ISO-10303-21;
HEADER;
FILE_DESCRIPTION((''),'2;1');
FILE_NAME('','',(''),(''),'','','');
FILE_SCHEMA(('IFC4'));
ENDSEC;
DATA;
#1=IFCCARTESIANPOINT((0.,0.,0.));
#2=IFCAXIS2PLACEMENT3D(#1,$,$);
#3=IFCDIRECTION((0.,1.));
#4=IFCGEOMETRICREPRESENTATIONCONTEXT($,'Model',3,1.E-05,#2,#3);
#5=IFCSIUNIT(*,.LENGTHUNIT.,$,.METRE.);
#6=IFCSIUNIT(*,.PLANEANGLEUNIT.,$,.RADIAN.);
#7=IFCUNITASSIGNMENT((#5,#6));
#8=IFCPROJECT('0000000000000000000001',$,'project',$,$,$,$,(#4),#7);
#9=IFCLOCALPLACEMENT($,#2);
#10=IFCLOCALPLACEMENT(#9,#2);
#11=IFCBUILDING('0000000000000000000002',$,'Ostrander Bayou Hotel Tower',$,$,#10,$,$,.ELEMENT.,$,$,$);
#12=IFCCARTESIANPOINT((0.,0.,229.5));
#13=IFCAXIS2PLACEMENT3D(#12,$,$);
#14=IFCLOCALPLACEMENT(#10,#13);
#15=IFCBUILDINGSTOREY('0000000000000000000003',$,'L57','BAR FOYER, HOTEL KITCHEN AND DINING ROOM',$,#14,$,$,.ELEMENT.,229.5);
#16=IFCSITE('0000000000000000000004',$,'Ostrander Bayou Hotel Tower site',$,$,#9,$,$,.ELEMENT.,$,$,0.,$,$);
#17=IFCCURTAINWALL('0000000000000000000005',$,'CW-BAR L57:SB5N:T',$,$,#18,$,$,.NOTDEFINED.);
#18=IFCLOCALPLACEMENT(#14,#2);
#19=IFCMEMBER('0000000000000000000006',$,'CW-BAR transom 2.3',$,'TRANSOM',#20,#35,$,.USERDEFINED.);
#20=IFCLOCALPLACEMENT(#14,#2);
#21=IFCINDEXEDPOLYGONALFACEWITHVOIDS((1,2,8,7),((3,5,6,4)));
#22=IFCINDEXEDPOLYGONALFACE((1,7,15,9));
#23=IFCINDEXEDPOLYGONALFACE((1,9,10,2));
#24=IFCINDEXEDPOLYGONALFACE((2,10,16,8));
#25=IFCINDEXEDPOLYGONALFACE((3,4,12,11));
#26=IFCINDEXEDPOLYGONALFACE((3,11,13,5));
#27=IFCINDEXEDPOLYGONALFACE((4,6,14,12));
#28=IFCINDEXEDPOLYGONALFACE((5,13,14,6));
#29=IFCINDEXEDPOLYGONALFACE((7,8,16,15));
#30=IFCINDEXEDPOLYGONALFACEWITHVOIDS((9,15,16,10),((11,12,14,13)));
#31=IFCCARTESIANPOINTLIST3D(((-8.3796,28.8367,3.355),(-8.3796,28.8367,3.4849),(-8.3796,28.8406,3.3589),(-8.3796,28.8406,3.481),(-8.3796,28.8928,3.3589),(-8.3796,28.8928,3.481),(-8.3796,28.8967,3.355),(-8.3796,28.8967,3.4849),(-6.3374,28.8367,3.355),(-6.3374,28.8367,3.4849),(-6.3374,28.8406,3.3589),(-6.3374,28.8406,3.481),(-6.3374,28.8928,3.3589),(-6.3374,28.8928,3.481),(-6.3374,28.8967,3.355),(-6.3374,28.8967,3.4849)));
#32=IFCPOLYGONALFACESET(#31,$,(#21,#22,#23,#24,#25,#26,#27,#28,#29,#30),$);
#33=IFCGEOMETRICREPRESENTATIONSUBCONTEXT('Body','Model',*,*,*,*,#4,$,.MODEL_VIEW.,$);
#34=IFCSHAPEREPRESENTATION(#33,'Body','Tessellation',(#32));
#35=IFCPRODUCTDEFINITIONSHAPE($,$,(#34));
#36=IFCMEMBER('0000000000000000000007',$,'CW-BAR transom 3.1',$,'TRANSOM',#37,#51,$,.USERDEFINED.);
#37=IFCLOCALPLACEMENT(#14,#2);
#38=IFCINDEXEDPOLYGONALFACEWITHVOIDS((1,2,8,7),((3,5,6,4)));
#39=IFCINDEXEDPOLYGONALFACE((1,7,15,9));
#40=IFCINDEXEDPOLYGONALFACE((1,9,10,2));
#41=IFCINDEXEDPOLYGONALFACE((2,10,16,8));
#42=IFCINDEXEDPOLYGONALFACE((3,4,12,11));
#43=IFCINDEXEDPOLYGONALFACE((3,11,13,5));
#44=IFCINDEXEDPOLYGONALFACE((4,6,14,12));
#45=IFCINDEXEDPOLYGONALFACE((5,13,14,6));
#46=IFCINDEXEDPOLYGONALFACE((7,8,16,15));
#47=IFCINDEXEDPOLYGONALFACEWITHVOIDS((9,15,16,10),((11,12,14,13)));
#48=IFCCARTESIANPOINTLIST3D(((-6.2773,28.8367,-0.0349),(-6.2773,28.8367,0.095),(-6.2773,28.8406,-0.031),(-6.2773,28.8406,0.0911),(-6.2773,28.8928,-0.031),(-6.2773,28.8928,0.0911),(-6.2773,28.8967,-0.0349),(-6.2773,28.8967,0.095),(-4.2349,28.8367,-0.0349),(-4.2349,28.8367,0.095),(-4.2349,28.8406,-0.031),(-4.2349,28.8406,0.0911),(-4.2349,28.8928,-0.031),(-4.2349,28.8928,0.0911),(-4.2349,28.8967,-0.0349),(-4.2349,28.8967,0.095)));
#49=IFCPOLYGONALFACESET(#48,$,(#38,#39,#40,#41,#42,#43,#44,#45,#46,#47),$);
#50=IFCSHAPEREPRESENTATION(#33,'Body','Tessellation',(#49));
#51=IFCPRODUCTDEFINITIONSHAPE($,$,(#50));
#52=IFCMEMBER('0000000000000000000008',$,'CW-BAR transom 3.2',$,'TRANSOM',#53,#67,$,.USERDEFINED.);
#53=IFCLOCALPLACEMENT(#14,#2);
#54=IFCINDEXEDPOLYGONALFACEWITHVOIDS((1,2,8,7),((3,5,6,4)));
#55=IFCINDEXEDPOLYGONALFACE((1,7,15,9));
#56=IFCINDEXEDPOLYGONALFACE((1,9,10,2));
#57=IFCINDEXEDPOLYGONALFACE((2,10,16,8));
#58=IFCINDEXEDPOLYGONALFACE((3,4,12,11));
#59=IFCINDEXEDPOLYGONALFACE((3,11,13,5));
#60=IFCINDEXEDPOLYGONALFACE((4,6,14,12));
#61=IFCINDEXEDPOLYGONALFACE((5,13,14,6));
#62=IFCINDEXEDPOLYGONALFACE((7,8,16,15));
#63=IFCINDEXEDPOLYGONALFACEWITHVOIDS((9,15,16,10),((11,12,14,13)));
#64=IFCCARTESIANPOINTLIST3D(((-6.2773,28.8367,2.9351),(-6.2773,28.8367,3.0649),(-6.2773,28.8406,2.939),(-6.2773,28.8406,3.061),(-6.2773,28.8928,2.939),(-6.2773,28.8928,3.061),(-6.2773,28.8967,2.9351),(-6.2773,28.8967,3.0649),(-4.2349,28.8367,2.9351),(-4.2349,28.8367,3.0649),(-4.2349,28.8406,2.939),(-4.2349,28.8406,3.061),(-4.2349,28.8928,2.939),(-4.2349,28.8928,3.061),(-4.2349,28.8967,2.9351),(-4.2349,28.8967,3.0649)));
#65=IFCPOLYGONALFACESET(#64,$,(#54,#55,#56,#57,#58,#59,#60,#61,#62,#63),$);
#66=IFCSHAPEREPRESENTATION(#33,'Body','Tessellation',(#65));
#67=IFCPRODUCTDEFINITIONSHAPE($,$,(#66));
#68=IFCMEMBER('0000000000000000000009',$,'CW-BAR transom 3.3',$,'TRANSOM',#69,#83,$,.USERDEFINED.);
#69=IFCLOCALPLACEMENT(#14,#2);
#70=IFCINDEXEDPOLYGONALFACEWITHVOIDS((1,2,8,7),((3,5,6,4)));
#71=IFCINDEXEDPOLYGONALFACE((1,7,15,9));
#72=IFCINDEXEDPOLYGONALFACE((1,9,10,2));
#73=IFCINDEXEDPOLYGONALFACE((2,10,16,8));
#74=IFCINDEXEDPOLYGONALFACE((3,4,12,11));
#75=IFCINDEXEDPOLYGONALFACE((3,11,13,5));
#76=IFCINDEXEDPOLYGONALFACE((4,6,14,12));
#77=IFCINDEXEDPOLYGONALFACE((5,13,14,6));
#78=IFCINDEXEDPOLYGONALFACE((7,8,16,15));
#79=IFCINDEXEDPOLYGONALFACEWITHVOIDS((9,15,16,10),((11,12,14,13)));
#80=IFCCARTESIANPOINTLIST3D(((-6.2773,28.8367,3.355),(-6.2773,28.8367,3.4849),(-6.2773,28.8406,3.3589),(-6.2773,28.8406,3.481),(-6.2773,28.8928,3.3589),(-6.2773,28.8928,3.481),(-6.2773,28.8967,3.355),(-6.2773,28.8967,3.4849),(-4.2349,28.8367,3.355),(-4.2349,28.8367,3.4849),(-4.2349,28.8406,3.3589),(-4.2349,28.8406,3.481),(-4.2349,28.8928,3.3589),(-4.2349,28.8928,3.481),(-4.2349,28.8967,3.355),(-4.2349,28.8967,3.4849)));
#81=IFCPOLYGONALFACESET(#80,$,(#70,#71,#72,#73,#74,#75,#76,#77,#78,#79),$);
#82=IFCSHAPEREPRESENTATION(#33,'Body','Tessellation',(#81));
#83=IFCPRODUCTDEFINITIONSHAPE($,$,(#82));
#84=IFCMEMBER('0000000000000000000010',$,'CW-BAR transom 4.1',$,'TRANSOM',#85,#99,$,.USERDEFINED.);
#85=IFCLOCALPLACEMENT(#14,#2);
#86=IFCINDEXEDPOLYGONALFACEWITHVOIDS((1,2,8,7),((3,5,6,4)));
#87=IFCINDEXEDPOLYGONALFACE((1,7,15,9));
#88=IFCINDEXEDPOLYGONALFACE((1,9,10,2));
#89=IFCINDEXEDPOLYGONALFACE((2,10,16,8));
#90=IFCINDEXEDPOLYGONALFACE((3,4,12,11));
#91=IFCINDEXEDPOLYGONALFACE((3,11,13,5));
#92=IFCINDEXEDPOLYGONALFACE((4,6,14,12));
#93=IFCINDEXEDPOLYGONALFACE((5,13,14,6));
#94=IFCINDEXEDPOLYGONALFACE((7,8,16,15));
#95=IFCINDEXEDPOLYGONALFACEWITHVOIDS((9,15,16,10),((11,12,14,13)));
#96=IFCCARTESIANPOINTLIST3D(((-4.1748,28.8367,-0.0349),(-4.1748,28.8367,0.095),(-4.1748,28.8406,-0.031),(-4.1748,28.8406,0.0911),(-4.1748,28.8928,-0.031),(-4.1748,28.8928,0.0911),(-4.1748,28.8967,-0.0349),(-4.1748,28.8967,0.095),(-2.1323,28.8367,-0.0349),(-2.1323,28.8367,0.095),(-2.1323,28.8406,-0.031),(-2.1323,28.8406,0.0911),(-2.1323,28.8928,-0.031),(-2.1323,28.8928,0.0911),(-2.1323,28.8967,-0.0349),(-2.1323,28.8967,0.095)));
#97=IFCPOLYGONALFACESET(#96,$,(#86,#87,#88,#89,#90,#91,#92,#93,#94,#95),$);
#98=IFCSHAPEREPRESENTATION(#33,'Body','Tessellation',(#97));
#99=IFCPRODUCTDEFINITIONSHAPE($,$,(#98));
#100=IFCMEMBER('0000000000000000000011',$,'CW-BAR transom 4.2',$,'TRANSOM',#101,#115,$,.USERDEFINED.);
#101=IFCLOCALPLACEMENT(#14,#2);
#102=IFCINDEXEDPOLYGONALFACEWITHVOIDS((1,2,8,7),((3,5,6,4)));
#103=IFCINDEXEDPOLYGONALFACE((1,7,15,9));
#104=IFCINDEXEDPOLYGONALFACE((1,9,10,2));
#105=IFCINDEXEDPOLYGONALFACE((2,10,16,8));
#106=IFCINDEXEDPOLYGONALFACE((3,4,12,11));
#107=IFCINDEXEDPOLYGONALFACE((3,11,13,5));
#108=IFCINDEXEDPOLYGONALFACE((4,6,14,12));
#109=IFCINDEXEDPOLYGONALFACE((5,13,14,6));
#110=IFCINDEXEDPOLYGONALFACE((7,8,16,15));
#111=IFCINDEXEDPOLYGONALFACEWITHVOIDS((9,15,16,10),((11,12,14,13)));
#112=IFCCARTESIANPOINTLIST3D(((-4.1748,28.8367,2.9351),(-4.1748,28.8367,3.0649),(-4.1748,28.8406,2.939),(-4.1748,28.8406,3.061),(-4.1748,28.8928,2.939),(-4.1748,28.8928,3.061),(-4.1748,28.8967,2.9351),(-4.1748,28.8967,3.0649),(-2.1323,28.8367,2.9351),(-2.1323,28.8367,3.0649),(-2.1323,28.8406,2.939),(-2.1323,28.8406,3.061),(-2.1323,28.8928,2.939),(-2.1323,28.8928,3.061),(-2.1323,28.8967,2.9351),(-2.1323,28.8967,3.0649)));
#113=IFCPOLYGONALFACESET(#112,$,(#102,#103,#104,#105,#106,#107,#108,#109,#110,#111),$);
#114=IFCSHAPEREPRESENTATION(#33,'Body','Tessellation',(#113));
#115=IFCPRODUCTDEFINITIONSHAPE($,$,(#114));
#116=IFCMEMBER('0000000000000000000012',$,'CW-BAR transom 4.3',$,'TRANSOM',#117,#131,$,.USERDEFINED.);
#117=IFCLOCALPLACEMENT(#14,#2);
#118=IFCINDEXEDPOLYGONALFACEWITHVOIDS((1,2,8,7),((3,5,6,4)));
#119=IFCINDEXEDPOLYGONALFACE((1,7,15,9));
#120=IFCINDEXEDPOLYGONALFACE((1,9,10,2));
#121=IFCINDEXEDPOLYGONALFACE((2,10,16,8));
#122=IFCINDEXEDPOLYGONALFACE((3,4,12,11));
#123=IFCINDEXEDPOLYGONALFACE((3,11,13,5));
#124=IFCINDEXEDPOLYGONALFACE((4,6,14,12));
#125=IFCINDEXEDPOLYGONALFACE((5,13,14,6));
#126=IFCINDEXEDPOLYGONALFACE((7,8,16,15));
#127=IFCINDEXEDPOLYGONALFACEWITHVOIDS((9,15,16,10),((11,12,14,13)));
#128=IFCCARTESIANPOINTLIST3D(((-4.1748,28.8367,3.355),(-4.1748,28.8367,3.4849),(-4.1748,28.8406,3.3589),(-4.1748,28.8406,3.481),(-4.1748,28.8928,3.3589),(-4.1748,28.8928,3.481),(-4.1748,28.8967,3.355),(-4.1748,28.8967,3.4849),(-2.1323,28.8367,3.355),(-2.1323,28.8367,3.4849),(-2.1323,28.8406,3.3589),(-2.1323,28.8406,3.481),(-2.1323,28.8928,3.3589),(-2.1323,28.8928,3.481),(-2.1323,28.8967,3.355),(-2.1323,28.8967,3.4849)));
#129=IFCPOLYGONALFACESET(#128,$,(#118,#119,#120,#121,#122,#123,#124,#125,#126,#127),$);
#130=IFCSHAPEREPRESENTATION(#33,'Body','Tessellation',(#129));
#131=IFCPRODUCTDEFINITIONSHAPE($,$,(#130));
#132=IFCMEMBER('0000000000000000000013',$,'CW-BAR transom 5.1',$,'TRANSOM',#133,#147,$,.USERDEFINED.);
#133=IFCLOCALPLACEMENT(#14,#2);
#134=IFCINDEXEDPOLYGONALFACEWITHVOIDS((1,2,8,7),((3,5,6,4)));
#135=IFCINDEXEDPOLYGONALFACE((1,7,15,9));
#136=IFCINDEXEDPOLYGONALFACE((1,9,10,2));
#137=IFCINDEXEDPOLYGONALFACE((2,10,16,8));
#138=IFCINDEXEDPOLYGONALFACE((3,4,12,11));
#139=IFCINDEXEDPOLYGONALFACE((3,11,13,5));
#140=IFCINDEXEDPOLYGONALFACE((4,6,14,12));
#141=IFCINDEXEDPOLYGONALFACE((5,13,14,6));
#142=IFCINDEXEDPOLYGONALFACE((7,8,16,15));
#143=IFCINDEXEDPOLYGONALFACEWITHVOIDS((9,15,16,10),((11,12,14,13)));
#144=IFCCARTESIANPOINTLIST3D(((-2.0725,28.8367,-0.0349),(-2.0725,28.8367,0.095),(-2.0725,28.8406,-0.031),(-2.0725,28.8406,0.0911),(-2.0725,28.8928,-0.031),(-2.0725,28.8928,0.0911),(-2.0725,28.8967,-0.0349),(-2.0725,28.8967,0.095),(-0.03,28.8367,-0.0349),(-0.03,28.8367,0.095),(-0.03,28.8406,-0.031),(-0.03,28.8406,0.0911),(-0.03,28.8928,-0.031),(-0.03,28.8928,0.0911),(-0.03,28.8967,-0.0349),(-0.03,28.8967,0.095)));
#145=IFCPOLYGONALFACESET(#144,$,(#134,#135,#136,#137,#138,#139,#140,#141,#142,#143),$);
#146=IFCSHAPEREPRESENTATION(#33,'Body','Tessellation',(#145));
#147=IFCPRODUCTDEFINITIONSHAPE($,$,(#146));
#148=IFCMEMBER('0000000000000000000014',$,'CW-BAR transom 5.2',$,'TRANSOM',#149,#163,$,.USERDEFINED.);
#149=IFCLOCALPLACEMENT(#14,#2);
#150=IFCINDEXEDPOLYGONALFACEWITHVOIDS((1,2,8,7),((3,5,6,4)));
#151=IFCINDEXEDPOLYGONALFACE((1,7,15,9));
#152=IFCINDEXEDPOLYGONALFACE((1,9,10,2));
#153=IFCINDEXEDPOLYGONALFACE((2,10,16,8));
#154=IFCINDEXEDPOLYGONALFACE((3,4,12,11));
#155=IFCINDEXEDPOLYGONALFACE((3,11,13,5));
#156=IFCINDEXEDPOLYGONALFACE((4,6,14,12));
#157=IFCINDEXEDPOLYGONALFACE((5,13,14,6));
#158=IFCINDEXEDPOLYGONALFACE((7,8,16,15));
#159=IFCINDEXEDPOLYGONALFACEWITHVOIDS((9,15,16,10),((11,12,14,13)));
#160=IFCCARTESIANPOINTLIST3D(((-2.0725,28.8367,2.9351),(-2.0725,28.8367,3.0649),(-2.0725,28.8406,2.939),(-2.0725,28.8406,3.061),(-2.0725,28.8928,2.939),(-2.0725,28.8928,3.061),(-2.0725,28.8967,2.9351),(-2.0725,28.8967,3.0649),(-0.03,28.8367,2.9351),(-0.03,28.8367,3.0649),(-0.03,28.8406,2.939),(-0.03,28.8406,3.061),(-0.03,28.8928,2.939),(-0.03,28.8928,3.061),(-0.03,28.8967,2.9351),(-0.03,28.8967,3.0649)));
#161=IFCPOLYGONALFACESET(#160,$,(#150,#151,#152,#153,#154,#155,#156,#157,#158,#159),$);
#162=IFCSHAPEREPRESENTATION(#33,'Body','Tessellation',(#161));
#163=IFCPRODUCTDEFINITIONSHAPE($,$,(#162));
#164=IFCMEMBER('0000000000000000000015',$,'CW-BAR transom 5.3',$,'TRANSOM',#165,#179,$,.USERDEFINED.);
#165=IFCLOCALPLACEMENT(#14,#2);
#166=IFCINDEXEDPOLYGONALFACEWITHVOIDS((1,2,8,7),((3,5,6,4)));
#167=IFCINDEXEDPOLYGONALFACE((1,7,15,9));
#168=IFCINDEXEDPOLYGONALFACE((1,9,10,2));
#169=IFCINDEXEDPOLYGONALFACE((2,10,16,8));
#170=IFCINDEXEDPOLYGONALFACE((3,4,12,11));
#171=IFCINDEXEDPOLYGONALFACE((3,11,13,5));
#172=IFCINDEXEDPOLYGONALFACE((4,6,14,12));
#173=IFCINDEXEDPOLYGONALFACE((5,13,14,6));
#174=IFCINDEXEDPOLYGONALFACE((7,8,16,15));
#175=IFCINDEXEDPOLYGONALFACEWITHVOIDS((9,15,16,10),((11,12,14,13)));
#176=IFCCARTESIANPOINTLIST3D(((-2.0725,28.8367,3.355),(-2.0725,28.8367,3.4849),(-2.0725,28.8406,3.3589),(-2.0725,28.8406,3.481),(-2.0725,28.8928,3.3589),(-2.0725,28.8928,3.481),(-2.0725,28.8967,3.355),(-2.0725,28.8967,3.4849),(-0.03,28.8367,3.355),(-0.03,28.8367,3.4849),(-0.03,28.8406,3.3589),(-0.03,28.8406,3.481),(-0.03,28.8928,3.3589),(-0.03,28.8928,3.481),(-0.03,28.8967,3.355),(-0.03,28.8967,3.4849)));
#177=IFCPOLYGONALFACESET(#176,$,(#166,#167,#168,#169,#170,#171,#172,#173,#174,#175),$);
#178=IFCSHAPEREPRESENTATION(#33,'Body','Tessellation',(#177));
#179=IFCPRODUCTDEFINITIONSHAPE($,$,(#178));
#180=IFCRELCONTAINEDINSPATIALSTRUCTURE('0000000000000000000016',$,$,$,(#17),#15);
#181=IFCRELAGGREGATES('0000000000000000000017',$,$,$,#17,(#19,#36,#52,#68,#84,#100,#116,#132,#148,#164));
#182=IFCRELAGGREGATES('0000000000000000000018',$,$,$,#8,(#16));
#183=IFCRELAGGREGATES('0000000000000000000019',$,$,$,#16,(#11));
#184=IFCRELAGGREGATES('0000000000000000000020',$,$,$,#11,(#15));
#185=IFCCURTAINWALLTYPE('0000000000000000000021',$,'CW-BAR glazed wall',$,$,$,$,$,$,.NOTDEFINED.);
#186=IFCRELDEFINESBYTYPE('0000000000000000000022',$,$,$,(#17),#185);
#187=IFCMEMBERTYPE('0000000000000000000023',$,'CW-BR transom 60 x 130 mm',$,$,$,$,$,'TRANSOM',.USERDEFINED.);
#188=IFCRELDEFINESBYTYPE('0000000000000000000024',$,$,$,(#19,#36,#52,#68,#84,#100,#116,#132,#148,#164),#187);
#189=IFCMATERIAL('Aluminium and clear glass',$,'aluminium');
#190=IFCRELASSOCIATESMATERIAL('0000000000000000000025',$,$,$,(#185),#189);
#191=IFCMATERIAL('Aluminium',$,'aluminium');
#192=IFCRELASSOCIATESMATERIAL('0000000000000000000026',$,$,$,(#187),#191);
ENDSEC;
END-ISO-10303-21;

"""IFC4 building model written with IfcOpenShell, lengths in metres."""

from ifc_helpers import new_model, si_unit, direction, frame, origin, origin_2d, place, context, subcontext, project, spatial, hollow_rectangle, extrude, material, material_profile, profile_set, type_object, element, aggregate, save


model = new_model("IFC4")

# Units and contexts
model_context = context("Model", 3, precision=1e-05, world=origin(), true_north=direction((0.0, 1.0)))
body_context = subcontext(model_context, "Body", "Model", "MODEL_VIEW")
ifc_project = project(units=[si_unit("LENGTHUNIT", "METRE"), si_unit("PLANEANGLEUNIT", "RADIAN")], contexts=[model_context])

# Site, building, storey
site_placement = place(None, origin())
site = spatial("IfcSite", under=ifc_project, at=site_placement, Name="Ostrander Bayou Hotel Tower site", CompositionType="ELEMENT", RefElevation=0.0)
building_placement = place(site_placement, origin())
building = spatial("IfcBuilding", under=site, at=building_placement, Name="Ostrander Bayou Hotel Tower", CompositionType="ELEMENT")
storey_placement = place(building_placement, frame((0.0, 0.0, 229.5)))
storey = spatial("IfcBuildingStorey", under=building, at=storey_placement, Name="L57", Description="BAR FOYER, HOTEL KITCHEN AND DINING ROOM", CompositionType="ELEMENT", Elevation=229.5)

# Shared definitions
ifc_material_1 = material(Name="Aluminium and clear glass", Category="aluminium")
curtain_wall_type = type_object("IfcCurtainWallType", Name="CW-BAR glazed wall", PredefinedType="NOTDEFINED", material=ifc_material_1)

# Curtain wall, members
curtain_wall_1_placement = place(storey_placement, origin())
curtain_wall_1 = element("IfcCurtainWall", 1, at=curtain_wall_1_placement, inside=storey, type_object=curtain_wall_type, Name="CW-BAR L57:SB5N:T", PredefinedType="NOTDEFINED")
ifc_material_2 = material(Name="Aluminium", Category="aluminium")
ifc_material_profile_1 = material_profile(ifc_material_2, hollow_rectangle(XDim=0.0601, YDim=0.1299, WallThickness=0.0039, at=origin_2d()))
ifc_profile_set_1 = profile_set([ifc_material_profile_1], Name="Aluminium")
member_type_1 = type_object("IfcMemberType", Name="CW-BR transom 60 x 130 mm", ElementType="TRANSOM", PredefinedType="USERDEFINED", material=ifc_profile_set_1)
member_1_placement = place(storey_placement, frame((-8.3796, 28.8667, 3.4199), z_axis=(1.0, 0.0, 0.0), x_axis=(0.0, 1.0, 0.0)))
member_1 = element("IfcMember", 2, at=member_1_placement, type_object=member_type_1, Name="CW-BAR transom 2.3", ObjectType="TRANSOM", PredefinedType="USERDEFINED", context=body_context, shape_type="SweptSolid", body=[
    extrude(hollow_rectangle(XDim=0.0601, YDim=0.1299, WallThickness=0.0039, at=origin_2d()), origin(), (0.0, 0.0, 1.0), 2.0422),
])
member_2_placement = place(storey_placement, frame((-6.2773, 28.8667, 0.03), z_axis=(1.0, 0.0, 0.0), x_axis=(0.0, 1.0, 0.0)))
member_2 = element("IfcMember", 3, at=member_2_placement, type_object=member_type_1, Name="CW-BAR transom 3.1", ObjectType="TRANSOM", PredefinedType="USERDEFINED", context=body_context, shape_type="SweptSolid", body=[
    extrude(hollow_rectangle(XDim=0.0601, YDim=0.1299, WallThickness=0.0039, at=origin_2d()), origin(), (0.0, 0.0, 1.0), 2.0425),
])
member_3_placement = place(storey_placement, frame((-6.2773, 28.8667, 3.0), z_axis=(1.0, 0.0, 0.0), x_axis=(0.0, 1.0, 0.0)))
member_3 = element("IfcMember", 4, at=member_3_placement, type_object=member_type_1, Name="CW-BAR transom 3.2", ObjectType="TRANSOM", PredefinedType="USERDEFINED", context=body_context, shape_type="SweptSolid", body=[
    extrude(hollow_rectangle(XDim=0.0601, YDim=0.1299, WallThickness=0.0039, at=origin_2d()), origin(), (0.0, 0.0, 1.0), 2.0425),
])
member_4_placement = place(storey_placement, frame((-6.2773, 28.8667, 3.4199), z_axis=(1.0, 0.0, 0.0), x_axis=(0.0, 1.0, 0.0)))
member_4 = element("IfcMember", 5, at=member_4_placement, type_object=member_type_1, Name="CW-BAR transom 3.3", ObjectType="TRANSOM", PredefinedType="USERDEFINED", context=body_context, shape_type="SweptSolid", body=[
    extrude(hollow_rectangle(XDim=0.0601, YDim=0.1299, WallThickness=0.0039, at=origin_2d()), origin(), (0.0, 0.0, 1.0), 2.0425),
])
member_5_placement = place(storey_placement, frame((-4.1748, 28.8667, 0.03), z_axis=(1.0, 0.0, 0.0), x_axis=(0.0, 1.0, 0.0)))
member_5 = element("IfcMember", 6, at=member_5_placement, type_object=member_type_1, Name="CW-BAR transom 4.1", ObjectType="TRANSOM", PredefinedType="USERDEFINED", context=body_context, shape_type="SweptSolid", body=[
    extrude(hollow_rectangle(XDim=0.0601, YDim=0.1299, WallThickness=0.0039, at=origin_2d()), origin(), (0.0, 0.0, 1.0), 2.0425),
])
member_6_placement = place(storey_placement, frame((-4.1748, 28.8667, 3.0), z_axis=(1.0, 0.0, 0.0), x_axis=(0.0, 1.0, 0.0)))
member_6 = element("IfcMember", 7, at=member_6_placement, type_object=member_type_1, Name="CW-BAR transom 4.2", ObjectType="TRANSOM", PredefinedType="USERDEFINED", context=body_context, shape_type="SweptSolid", body=[
    extrude(hollow_rectangle(XDim=0.0601, YDim=0.1299, WallThickness=0.0039, at=origin_2d()), origin(), (0.0, 0.0, 1.0), 2.0425),
])
member_7_placement = place(storey_placement, frame((-4.1748, 28.8667, 3.4199), z_axis=(1.0, 0.0, 0.0), x_axis=(0.0, 1.0, 0.0)))
member_7 = element("IfcMember", 8, at=member_7_placement, type_object=member_type_1, Name="CW-BAR transom 4.3", ObjectType="TRANSOM", PredefinedType="USERDEFINED", context=body_context, shape_type="SweptSolid", body=[
    extrude(hollow_rectangle(XDim=0.0601, YDim=0.1299, WallThickness=0.0039, at=origin_2d()), origin(), (0.0, 0.0, 1.0), 2.0425),
])
member_8_placement = place(storey_placement, frame((-2.0725, 28.8667, 0.03), z_axis=(1.0, 0.0, 0.0), x_axis=(0.0, 1.0, 0.0)))
member_8 = element("IfcMember", 9, at=member_8_placement, type_object=member_type_1, Name="CW-BAR transom 5.1", ObjectType="TRANSOM", PredefinedType="USERDEFINED", context=body_context, shape_type="SweptSolid", body=[
    extrude(hollow_rectangle(XDim=0.0601, YDim=0.1299, WallThickness=0.0039, at=origin_2d()), origin(), (0.0, 0.0, 1.0), 2.0425),
])
member_9_placement = place(storey_placement, frame((-2.0725, 28.8667, 3.0), z_axis=(1.0, 0.0, 0.0), x_axis=(0.0, 1.0, 0.0)))
member_9 = element("IfcMember", 10, at=member_9_placement, type_object=member_type_1, Name="CW-BAR transom 5.2", ObjectType="TRANSOM", PredefinedType="USERDEFINED", context=body_context, shape_type="SweptSolid", body=[
    extrude(hollow_rectangle(XDim=0.0601, YDim=0.1299, WallThickness=0.0039, at=origin_2d()), origin(), (0.0, 0.0, 1.0), 2.0425),
])
member_10_placement = place(storey_placement, frame((-2.0725, 28.8667, 3.4199), z_axis=(1.0, 0.0, 0.0), x_axis=(0.0, 1.0, 0.0)))
member_10 = element("IfcMember", 11, at=member_10_placement, type_object=member_type_1, Name="CW-BAR transom 5.3", ObjectType="TRANSOM", PredefinedType="USERDEFINED", context=body_context, shape_type="SweptSolid", body=[
    extrude(hollow_rectangle(XDim=0.0601, YDim=0.1299, WallThickness=0.0039, at=origin_2d()), origin(), (0.0, 0.0, 1.0), 2.0425),
])

aggregate(curtain_wall_1, [member_1, member_2, member_3, member_4, member_5, member_6, member_7, member_8, member_9, member_10])

save(model, "model.ifc")
